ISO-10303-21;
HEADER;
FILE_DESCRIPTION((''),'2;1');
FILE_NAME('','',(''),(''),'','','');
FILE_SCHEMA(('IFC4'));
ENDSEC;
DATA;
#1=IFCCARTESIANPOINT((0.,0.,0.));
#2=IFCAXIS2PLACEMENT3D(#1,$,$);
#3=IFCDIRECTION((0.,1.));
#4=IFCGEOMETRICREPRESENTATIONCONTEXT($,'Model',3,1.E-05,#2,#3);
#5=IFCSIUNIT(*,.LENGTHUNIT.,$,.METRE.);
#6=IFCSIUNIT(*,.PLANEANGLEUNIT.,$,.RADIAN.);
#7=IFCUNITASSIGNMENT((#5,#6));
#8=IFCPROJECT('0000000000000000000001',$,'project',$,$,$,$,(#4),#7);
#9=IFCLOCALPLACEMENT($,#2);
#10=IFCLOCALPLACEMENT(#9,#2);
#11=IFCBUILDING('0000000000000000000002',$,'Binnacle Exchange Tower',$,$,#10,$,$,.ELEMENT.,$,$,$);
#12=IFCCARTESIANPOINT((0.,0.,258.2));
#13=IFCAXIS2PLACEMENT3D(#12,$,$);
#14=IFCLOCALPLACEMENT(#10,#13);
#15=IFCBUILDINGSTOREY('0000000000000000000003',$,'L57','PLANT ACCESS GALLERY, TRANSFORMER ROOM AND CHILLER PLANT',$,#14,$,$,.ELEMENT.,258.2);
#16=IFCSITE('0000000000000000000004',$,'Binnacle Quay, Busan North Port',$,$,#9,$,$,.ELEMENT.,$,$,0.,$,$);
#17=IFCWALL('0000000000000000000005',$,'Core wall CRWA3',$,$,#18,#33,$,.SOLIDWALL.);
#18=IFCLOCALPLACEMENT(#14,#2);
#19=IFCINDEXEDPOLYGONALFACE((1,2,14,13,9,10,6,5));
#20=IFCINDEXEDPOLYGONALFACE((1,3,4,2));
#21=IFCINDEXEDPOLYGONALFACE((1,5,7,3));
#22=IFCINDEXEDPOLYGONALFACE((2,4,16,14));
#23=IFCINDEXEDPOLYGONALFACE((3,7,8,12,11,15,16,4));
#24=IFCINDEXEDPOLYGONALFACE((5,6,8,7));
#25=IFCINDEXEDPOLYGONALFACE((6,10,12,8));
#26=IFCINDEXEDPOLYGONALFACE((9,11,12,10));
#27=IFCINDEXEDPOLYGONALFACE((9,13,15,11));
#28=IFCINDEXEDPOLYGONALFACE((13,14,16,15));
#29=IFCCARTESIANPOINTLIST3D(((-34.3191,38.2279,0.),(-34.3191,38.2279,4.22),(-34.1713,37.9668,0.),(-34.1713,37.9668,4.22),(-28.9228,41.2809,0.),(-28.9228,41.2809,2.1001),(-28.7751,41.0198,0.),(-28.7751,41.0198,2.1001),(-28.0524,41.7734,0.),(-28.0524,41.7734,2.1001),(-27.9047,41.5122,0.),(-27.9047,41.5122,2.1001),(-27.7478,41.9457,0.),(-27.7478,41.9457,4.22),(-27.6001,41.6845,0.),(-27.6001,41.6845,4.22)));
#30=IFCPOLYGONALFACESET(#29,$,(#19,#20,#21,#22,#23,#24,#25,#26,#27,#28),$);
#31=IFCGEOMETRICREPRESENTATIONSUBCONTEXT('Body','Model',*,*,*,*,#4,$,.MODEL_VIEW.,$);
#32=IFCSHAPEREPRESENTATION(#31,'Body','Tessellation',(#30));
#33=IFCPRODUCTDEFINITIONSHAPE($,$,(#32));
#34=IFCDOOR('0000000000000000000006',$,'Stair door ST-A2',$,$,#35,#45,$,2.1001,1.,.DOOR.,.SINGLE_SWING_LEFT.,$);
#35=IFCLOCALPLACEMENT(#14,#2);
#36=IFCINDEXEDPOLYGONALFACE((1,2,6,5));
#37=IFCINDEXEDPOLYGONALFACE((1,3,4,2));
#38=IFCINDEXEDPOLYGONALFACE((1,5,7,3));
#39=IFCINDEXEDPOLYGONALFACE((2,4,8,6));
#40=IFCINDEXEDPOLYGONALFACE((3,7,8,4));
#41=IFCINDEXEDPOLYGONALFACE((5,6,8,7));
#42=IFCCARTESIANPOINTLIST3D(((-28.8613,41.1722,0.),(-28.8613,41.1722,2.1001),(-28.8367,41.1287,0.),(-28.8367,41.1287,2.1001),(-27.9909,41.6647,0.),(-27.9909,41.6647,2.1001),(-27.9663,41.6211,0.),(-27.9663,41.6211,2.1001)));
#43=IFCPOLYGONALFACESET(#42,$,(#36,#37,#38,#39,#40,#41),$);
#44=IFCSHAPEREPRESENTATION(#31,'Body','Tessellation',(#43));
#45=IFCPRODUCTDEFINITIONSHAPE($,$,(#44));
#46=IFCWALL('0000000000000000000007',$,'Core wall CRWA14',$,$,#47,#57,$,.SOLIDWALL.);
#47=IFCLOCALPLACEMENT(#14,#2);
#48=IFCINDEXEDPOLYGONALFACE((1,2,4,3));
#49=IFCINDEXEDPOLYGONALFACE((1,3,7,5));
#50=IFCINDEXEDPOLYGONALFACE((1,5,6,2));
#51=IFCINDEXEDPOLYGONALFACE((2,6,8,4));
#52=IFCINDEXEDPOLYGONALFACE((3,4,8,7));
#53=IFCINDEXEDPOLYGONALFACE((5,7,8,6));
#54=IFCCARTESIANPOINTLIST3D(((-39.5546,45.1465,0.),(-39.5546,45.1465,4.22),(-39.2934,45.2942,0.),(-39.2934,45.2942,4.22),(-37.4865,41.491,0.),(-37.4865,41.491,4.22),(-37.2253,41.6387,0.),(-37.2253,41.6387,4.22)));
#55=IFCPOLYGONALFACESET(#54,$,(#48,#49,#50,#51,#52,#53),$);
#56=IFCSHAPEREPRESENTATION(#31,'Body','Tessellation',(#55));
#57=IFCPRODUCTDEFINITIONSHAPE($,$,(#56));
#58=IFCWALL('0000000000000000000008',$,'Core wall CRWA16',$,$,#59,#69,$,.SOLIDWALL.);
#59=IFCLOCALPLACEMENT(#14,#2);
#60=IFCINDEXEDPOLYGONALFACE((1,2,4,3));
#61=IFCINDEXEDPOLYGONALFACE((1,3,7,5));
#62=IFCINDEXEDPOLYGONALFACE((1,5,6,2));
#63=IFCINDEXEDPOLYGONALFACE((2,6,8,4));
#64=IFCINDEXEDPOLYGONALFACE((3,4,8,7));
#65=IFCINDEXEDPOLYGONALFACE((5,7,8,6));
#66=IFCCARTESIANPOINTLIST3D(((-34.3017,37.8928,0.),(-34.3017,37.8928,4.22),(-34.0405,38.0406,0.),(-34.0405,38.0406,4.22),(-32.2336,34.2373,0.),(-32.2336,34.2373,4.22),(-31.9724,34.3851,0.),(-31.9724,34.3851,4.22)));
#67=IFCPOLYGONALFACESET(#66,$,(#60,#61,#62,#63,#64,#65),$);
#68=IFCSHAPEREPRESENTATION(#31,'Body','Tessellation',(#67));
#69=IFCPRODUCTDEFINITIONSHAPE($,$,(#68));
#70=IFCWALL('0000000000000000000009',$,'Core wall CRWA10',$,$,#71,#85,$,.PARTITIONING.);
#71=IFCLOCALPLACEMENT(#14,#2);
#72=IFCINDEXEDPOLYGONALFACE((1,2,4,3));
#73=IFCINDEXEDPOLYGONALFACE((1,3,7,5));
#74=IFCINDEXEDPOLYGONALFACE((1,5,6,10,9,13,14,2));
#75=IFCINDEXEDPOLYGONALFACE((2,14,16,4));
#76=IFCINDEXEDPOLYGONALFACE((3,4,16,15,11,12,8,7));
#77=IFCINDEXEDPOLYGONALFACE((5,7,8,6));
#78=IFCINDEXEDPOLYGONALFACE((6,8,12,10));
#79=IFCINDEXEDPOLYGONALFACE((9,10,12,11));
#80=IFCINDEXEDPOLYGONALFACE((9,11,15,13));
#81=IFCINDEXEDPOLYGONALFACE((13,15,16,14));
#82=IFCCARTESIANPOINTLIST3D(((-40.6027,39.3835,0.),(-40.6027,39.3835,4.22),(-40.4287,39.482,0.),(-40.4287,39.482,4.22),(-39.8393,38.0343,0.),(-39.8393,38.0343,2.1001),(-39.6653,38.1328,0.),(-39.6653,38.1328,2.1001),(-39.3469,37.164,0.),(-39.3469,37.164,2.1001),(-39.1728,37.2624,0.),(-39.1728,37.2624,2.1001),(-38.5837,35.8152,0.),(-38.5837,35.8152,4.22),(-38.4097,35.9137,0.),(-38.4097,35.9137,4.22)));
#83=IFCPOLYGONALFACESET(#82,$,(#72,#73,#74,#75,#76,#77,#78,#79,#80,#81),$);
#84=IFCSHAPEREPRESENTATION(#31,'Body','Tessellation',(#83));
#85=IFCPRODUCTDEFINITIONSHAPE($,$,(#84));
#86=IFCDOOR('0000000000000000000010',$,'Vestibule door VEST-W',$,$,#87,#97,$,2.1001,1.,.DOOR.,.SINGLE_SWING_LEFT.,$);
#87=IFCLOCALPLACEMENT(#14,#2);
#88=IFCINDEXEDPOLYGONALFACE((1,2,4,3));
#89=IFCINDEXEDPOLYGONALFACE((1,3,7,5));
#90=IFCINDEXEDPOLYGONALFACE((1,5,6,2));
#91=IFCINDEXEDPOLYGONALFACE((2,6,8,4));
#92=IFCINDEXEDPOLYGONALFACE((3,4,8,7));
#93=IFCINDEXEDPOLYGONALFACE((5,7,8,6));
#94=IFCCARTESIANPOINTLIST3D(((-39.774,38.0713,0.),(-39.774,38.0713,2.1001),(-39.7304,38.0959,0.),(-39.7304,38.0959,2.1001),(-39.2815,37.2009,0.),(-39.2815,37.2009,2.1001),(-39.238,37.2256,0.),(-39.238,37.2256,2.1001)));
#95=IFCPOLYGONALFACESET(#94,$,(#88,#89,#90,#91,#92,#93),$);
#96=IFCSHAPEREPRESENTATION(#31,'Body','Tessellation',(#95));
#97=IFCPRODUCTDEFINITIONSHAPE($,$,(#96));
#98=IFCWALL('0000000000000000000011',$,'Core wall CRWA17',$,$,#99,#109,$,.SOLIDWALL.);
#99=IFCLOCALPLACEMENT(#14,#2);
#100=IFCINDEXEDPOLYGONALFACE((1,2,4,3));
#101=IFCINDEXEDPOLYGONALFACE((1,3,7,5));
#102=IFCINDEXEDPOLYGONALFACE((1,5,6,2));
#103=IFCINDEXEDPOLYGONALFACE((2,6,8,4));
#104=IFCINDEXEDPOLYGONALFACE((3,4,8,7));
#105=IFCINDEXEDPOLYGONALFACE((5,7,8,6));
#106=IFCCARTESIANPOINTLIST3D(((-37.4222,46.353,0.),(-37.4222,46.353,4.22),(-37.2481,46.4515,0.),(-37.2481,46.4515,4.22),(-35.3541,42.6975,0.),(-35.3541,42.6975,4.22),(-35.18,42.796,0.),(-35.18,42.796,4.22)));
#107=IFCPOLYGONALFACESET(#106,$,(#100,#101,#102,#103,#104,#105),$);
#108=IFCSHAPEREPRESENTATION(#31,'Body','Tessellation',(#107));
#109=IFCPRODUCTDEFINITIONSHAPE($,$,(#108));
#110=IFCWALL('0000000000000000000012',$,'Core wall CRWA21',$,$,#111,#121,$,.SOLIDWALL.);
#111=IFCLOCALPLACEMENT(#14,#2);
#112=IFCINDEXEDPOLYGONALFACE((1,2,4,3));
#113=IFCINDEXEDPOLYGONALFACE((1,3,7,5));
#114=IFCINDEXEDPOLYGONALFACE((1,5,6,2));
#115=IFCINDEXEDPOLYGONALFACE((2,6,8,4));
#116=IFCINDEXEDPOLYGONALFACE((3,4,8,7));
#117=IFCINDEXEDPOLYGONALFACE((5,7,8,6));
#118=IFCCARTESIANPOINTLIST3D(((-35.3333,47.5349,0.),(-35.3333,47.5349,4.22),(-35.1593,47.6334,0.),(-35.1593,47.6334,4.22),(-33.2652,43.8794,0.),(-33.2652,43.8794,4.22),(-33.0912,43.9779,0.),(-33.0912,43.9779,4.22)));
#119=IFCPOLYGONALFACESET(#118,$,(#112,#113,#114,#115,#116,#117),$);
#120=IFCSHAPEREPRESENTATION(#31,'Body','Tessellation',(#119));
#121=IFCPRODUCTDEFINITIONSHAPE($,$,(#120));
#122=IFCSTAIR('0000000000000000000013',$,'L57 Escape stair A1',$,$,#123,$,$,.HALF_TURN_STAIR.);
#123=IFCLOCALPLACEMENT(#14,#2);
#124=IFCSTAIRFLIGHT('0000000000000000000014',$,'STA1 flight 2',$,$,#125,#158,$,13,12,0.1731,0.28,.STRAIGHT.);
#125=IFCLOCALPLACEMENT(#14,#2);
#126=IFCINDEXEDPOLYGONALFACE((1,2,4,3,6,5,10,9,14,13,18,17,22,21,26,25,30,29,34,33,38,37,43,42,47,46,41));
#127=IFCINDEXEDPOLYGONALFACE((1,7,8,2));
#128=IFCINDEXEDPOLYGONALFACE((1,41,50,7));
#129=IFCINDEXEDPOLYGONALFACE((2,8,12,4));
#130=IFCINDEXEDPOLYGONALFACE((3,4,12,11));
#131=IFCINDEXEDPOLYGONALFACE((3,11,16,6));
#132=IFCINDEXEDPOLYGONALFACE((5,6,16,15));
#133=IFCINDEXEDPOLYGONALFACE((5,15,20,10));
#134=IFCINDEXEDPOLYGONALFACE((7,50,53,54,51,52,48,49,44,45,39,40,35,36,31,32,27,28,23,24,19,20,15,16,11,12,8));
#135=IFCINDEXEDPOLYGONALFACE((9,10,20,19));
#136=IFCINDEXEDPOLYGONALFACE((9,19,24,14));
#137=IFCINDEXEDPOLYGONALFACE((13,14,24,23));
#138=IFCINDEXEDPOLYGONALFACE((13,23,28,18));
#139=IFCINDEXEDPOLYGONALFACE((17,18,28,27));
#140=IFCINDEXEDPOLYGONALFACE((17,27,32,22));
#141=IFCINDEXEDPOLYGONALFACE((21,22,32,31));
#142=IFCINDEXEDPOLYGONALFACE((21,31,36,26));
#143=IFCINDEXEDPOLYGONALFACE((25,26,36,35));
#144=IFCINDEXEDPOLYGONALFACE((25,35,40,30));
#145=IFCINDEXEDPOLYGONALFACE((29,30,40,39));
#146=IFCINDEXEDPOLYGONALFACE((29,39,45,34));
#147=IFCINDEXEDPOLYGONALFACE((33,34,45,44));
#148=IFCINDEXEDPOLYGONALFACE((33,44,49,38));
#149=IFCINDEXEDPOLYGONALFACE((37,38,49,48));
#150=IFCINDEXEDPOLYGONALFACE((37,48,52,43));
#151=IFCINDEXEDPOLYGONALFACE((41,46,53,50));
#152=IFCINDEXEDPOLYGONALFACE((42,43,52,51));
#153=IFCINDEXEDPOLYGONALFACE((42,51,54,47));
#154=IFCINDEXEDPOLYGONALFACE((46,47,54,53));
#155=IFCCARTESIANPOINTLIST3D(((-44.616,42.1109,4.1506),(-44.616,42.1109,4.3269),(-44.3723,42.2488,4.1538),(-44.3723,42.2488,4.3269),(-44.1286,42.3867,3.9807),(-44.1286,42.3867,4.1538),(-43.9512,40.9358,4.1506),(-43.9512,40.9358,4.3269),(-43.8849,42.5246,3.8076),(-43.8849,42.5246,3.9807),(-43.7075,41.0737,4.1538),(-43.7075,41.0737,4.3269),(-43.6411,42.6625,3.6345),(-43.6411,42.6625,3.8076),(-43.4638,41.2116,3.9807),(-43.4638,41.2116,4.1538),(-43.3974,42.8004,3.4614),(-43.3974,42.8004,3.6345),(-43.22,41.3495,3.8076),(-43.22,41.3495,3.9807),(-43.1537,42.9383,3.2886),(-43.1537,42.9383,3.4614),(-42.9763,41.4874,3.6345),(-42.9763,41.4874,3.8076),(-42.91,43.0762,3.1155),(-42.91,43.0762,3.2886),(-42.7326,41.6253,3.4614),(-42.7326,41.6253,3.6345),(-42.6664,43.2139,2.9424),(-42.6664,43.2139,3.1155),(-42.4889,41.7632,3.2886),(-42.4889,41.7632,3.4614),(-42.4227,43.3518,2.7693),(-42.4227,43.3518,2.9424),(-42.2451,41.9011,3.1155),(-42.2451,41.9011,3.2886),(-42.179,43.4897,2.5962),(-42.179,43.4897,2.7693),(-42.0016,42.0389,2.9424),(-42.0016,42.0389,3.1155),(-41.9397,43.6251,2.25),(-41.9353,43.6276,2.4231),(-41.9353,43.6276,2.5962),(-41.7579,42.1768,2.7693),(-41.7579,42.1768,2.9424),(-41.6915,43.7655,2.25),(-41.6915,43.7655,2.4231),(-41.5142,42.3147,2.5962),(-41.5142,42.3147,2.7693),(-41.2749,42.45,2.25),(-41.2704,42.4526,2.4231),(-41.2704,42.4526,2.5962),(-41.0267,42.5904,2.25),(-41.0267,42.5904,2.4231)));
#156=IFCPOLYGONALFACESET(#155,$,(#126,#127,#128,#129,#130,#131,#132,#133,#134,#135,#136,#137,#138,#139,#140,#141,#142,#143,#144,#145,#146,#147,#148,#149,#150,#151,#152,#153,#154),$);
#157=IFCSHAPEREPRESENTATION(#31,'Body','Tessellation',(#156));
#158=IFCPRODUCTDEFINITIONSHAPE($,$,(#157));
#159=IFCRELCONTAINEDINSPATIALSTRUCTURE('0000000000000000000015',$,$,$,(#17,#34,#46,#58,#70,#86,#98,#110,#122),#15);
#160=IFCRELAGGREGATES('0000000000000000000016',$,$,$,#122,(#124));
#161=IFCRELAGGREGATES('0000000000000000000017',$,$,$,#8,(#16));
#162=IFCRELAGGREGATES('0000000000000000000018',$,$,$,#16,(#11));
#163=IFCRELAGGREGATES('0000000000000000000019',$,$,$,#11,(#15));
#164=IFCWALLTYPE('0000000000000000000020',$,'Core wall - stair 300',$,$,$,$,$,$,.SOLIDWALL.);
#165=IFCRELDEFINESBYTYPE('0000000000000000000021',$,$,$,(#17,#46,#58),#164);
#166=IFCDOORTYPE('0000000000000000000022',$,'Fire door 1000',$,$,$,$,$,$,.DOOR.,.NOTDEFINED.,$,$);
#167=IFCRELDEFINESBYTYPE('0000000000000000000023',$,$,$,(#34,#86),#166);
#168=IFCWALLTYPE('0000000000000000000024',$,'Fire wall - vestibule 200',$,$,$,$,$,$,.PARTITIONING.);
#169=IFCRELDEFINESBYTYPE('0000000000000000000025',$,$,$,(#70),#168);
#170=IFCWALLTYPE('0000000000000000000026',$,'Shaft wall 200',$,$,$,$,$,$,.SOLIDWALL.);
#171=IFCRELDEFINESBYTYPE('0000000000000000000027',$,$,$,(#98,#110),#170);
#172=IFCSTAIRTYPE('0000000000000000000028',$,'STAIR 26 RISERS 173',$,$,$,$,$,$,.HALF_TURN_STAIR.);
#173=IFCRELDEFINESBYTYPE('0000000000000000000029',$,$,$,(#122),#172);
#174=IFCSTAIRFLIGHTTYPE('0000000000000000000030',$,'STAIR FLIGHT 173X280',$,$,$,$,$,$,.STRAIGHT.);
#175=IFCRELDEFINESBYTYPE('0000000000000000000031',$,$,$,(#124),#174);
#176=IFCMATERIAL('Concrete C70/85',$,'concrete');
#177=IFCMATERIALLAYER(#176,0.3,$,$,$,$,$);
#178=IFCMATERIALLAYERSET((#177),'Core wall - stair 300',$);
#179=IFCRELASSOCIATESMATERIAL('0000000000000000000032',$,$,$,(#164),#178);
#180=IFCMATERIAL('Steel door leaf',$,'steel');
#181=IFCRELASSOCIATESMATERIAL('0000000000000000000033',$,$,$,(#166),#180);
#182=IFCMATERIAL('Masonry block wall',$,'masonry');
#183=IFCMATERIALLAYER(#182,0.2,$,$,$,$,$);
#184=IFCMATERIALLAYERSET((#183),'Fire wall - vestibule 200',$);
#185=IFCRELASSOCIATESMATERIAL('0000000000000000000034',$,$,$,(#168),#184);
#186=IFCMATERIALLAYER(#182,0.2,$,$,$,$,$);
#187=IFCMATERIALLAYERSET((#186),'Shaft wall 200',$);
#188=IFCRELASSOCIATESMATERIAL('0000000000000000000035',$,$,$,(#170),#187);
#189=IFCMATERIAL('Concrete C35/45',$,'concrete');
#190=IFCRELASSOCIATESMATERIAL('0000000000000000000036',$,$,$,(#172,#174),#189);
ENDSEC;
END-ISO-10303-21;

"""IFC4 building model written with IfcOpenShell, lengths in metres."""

from ifc_helpers import new_model, si_unit, direction, frame, frame_2d, origin, place, context, subcontext, project, spatial, polyline, rectangle, outline, extrude, material, layer, layer_set, type_object, element, fill, aggregate, save


model = new_model("IFC4")

# Units and contexts
model_context = context("Model", 3, precision=1e-05, world=origin(), true_north=direction((0.0, 1.0)))
body_context = subcontext(model_context, "Body", "Model", "MODEL_VIEW")
ifc_project = project(units=[si_unit("LENGTHUNIT", "METRE"), si_unit("PLANEANGLEUNIT", "RADIAN")], contexts=[model_context])

# Site, building, storey
site_placement = place(None, origin())
site = spatial("IfcSite", under=ifc_project, at=site_placement, Name="Binnacle Quay, Busan North Port", CompositionType="ELEMENT", RefElevation=0.0)
building_placement = place(site_placement, origin())
building = spatial("IfcBuilding", under=site, at=building_placement, Name="Binnacle Exchange Tower", CompositionType="ELEMENT")
storey_placement = place(building_placement, frame((0.0, 0.0, 258.2)))
storey = spatial("IfcBuildingStorey", under=building, at=storey_placement, Name="L57", Description="PLANT ACCESS GALLERY, TRANSFORMER ROOM AND CHILLER PLANT", CompositionType="ELEMENT", Elevation=258.2)

# Shared definitions
ifc_material_1 = material(Name="Concrete C70/85", Category="concrete")
ifc_material_2 = material(Name="Steel door leaf", Category="steel")

# Wall, opening, door
ifc_layer_1 = layer(ifc_material_1, 0.3)
ifc_layer_set_1 = layer_set([ifc_layer_1], Name="Core wall - stair 300")
wall_type_1 = type_object("IfcWallType", Name="Core wall - stair 300", PredefinedType="SOLIDWALL", material=ifc_layer_set_1)
wall_1_placement = place(storey_placement, frame((-34.2451, 38.0974, 0.0), z_axis=(0.0, 0.0, 1.0), x_axis=(0.87036, 0.492415, 0.0)))
wall_1 = element("IfcWall", 1, at=wall_1_placement, inside=storey, type_object=wall_type_1, Name="Core wall CRWA3", PredefinedType="SOLIDWALL", context=body_context, shape_type="SweptSolid", body=[
    extrude(rectangle(XDim=7.55, YDim=0.3, at=frame_2d((3.7749, 0.0))), origin(), (0.0, 0.0, 1.0), 4.22),
])
opening_1_placement = place(wall_1_placement, frame((6.2, 0.0, 0.0)))
opening_1 = element("IfcOpeningElement", 2, at=opening_1_placement, cuts=wall_1, PredefinedType="OPENING", context=body_context, shape_type="SweptSolid", body=[
    extrude(rectangle(XDim=1.0, YDim=2.1001, at=frame_2d((0.5, 1.05))), frame((0.0, 0.1599, 0.0), z_axis=(0.0, -1.0, 0.0), x_axis=(1.0, 0.0, 0.0)), (0.0, 0.0, 1.0), 0.3201),
])
door_type_1 = type_object("IfcDoorType", Name="Fire door 1000", OperationType="NOTDEFINED", PredefinedType="DOOR", material=ifc_material_2)
door_1_placement = place(opening_1_placement, frame((1.0, 0.0, 0.0), z_axis=(0.0, 0.0, 1.0), x_axis=(-1.0, 0.0, 0.0)))
door_1 = element("IfcDoor", 3, at=door_1_placement, inside=storey, type_object=door_type_1, Name="Stair door ST-A2", OperationType="SINGLE_SWING_LEFT", OverallHeight=2.1001, OverallWidth=1.0, PredefinedType="DOOR", context=body_context, shape_type="SweptSolid", body=[
    extrude(rectangle(XDim=1.0, YDim=2.1001, at=frame_2d((0.5, 1.05))), frame((0.0, 0.0249, 0.0), z_axis=(0.0, -1.0, 0.0), x_axis=(1.0, 0.0, 0.0)), (0.0, 0.0, 1.0), 0.05),
])
fill(opening_1, door_1)

# Walls
for number, where, z_axis, x_axis, name in (
    (4, (-39.4241, 45.2205, 0.0), (0.0, 0.0, 1.0), (0.49241, -0.870364, 0.0), "Core wall CRWA14"),
    (5, (-34.1711, 37.9668, 0.0), (0.0, 0.0, 1.0), (0.49241, -0.870364, 0.0), "Core wall CRWA16"),
):
    element("IfcWall", number, at=place(storey_placement, frame(where, z_axis=z_axis, x_axis=x_axis)), inside=storey, type_object=wall_type_1, Name=name, PredefinedType="SOLIDWALL", context=body_context, shape_type="SweptSolid", body=[
        extrude(rectangle(XDim=4.2, YDim=0.3, at=frame_2d((2.1001, 0.0))), origin(), (0.0, 0.0, 1.0), 4.22),
    ])

# Wall, opening, door
ifc_material_3 = material(Name="Masonry block wall", Category="masonry")
ifc_layer_2 = layer(ifc_material_3, 0.2)
ifc_layer_set_2 = layer_set([ifc_layer_2], Name="Fire wall - vestibule 200")
wall_type_2 = type_object("IfcWallType", Name="Fire wall - vestibule 200", PredefinedType="PARTITIONING", material=ifc_layer_set_2)
wall_2_placement = place(storey_placement, frame((-40.5156, 39.4326, 0.0), z_axis=(0.0, 0.0, 1.0), x_axis=(0.492454, -0.870339, 0.0)))
wall_2 = element("IfcWall", 6, at=wall_2_placement, inside=storey, type_object=wall_type_2, Name="Core wall CRWA10", PredefinedType="PARTITIONING", context=body_context, shape_type="SweptSolid", body=[
    extrude(rectangle(XDim=4.0999, YDim=0.2, at=frame_2d((2.0498, 0.0))), origin(), (0.0, 0.0, 1.0), 4.22),
])
opening_2_placement = place(wall_2_placement, frame((1.55, 0.0, 0.0)))
opening_2 = element("IfcOpeningElement", 7, at=opening_2_placement, cuts=wall_2, PredefinedType="OPENING", context=body_context, shape_type="SweptSolid", body=[
    extrude(rectangle(XDim=1.0, YDim=2.1001, at=frame_2d((0.5, 1.05))), frame((0.0, 0.1099, 0.0), z_axis=(0.0, -1.0, 0.0), x_axis=(1.0, 0.0, 0.0)), (0.0, 0.0, 1.0), 0.22),
])
door_2_placement = place(opening_2_placement, frame((1.0, 0.0, 0.0), z_axis=(0.0, 0.0, 1.0), x_axis=(-1.0, 0.0, 0.0)))
door_2 = element("IfcDoor", 8, at=door_2_placement, inside=storey, type_object=door_type_1, Name="Vestibule door VEST-W", OperationType="SINGLE_SWING_LEFT", OverallHeight=2.1001, OverallWidth=1.0, PredefinedType="DOOR", context=body_context, shape_type="SweptSolid", body=[
    extrude(rectangle(XDim=1.0, YDim=2.1001, at=frame_2d((0.5, 1.05))), frame((0.0, 0.0249, 0.0), z_axis=(0.0, -1.0, 0.0), x_axis=(1.0, 0.0, 0.0)), (0.0, 0.0, 1.0), 0.05),
])
fill(opening_2, door_2)

# Walls
ifc_layer_3 = layer(ifc_material_3, 0.2)
ifc_layer_set_3 = layer_set([ifc_layer_3], Name="Shaft wall 200")
wall_type_3 = type_object("IfcWallType", Name="Shaft wall 200", PredefinedType="SOLIDWALL", material=ifc_layer_set_3)
for number, where, z_axis, x_axis, name in (
    (9, (-37.3352, 46.4023, 0.0), (0.0, 0.0, 1.0), (0.49241, -0.870364, 0.0), "Core wall CRWA17"),
    (10, (-35.2463, 47.5842, 0.0), (0.0, 0.0, 1.0), (0.49241, -0.870364, 0.0), "Core wall CRWA21"),
):
    element("IfcWall", number, at=place(storey_placement, frame(where, z_axis=z_axis, x_axis=x_axis)), inside=storey, type_object=wall_type_3, Name=name, PredefinedType="SOLIDWALL", context=body_context, shape_type="SweptSolid", body=[
        extrude(rectangle(XDim=4.2, YDim=0.2, at=frame_2d((2.1001, 0.0))), origin(), (0.0, 0.0, 1.0), 4.22),
    ])

# Stair, stair flight
ifc_material_4 = material(Name="Concrete C35/45", Category="concrete")
stair_type = type_object("IfcStairType", Name="STAIR 26 RISERS 173", PredefinedType="HALF_TURN_STAIR", material=ifc_material_4)
stair_placement = place(storey_placement, origin())
stair = element("IfcStair", 11, at=stair_placement, inside=storey, type_object=stair_type, Name="L57 Escape stair A1", PredefinedType="HALF_TURN_STAIR")
stair_flight_type = type_object("IfcStairFlightType", Name="STAIR FLIGHT 173X280", PredefinedType="STRAIGHT", material=ifc_material_4)
stair_flight_placement = place(storey_placement, frame((-41.3591, 43.178, 2.25), z_axis=(0.0, 0.0, 1.0), x_axis=(-0.870356, -0.492424, 0.0)))
stair_flight = element("IfcStairFlight", 12, at=stair_flight_placement, type_object=stair_flight_type, Name="STA1 flight 2", NumberOfRisers=13, NumberOfTreads=12, PredefinedType="STRAIGHT", RiserHeight=0.1731, TreadLength=0.28, context=body_context, shape_type="SweptSolid", body=[
    extrude(outline(polyline([(0.0, 0.0), (0.0, 0.1731), (0.28, 0.1731), (0.28, 0.3462), (0.5601, 0.3462), (0.5601, 0.5193), (0.8401, 0.5193), (0.8401, 0.6924), (1.1201, 0.6924), (1.1201, 0.8655), (1.3999, 0.8655), (1.3999, 1.0386), (1.6799, 1.0386), (1.6799, 1.2114), (1.96, 1.2114), (1.96, 1.3845), (2.24, 1.3845), (2.24, 1.5576), (2.52, 1.5576), (2.52, 1.7307), (2.8, 1.7307), (2.8, 1.9038), (3.0801, 1.9038), (3.0801, 2.0769), (3.3601, 2.0769), (3.3601, 2.25), (3.3601, 1.9006), (0.2852, 0.0), (0.0, 0.0)])), frame((0.0, 0.675, 0.0), z_axis=(0.0, -1.0, 0.0), x_axis=(1.0, 0.0, 0.0)), (0.0, 0.0, 1.0), 1.3501),
])
aggregate(stair, [stair_flight])

save(model, "model.ifc")
